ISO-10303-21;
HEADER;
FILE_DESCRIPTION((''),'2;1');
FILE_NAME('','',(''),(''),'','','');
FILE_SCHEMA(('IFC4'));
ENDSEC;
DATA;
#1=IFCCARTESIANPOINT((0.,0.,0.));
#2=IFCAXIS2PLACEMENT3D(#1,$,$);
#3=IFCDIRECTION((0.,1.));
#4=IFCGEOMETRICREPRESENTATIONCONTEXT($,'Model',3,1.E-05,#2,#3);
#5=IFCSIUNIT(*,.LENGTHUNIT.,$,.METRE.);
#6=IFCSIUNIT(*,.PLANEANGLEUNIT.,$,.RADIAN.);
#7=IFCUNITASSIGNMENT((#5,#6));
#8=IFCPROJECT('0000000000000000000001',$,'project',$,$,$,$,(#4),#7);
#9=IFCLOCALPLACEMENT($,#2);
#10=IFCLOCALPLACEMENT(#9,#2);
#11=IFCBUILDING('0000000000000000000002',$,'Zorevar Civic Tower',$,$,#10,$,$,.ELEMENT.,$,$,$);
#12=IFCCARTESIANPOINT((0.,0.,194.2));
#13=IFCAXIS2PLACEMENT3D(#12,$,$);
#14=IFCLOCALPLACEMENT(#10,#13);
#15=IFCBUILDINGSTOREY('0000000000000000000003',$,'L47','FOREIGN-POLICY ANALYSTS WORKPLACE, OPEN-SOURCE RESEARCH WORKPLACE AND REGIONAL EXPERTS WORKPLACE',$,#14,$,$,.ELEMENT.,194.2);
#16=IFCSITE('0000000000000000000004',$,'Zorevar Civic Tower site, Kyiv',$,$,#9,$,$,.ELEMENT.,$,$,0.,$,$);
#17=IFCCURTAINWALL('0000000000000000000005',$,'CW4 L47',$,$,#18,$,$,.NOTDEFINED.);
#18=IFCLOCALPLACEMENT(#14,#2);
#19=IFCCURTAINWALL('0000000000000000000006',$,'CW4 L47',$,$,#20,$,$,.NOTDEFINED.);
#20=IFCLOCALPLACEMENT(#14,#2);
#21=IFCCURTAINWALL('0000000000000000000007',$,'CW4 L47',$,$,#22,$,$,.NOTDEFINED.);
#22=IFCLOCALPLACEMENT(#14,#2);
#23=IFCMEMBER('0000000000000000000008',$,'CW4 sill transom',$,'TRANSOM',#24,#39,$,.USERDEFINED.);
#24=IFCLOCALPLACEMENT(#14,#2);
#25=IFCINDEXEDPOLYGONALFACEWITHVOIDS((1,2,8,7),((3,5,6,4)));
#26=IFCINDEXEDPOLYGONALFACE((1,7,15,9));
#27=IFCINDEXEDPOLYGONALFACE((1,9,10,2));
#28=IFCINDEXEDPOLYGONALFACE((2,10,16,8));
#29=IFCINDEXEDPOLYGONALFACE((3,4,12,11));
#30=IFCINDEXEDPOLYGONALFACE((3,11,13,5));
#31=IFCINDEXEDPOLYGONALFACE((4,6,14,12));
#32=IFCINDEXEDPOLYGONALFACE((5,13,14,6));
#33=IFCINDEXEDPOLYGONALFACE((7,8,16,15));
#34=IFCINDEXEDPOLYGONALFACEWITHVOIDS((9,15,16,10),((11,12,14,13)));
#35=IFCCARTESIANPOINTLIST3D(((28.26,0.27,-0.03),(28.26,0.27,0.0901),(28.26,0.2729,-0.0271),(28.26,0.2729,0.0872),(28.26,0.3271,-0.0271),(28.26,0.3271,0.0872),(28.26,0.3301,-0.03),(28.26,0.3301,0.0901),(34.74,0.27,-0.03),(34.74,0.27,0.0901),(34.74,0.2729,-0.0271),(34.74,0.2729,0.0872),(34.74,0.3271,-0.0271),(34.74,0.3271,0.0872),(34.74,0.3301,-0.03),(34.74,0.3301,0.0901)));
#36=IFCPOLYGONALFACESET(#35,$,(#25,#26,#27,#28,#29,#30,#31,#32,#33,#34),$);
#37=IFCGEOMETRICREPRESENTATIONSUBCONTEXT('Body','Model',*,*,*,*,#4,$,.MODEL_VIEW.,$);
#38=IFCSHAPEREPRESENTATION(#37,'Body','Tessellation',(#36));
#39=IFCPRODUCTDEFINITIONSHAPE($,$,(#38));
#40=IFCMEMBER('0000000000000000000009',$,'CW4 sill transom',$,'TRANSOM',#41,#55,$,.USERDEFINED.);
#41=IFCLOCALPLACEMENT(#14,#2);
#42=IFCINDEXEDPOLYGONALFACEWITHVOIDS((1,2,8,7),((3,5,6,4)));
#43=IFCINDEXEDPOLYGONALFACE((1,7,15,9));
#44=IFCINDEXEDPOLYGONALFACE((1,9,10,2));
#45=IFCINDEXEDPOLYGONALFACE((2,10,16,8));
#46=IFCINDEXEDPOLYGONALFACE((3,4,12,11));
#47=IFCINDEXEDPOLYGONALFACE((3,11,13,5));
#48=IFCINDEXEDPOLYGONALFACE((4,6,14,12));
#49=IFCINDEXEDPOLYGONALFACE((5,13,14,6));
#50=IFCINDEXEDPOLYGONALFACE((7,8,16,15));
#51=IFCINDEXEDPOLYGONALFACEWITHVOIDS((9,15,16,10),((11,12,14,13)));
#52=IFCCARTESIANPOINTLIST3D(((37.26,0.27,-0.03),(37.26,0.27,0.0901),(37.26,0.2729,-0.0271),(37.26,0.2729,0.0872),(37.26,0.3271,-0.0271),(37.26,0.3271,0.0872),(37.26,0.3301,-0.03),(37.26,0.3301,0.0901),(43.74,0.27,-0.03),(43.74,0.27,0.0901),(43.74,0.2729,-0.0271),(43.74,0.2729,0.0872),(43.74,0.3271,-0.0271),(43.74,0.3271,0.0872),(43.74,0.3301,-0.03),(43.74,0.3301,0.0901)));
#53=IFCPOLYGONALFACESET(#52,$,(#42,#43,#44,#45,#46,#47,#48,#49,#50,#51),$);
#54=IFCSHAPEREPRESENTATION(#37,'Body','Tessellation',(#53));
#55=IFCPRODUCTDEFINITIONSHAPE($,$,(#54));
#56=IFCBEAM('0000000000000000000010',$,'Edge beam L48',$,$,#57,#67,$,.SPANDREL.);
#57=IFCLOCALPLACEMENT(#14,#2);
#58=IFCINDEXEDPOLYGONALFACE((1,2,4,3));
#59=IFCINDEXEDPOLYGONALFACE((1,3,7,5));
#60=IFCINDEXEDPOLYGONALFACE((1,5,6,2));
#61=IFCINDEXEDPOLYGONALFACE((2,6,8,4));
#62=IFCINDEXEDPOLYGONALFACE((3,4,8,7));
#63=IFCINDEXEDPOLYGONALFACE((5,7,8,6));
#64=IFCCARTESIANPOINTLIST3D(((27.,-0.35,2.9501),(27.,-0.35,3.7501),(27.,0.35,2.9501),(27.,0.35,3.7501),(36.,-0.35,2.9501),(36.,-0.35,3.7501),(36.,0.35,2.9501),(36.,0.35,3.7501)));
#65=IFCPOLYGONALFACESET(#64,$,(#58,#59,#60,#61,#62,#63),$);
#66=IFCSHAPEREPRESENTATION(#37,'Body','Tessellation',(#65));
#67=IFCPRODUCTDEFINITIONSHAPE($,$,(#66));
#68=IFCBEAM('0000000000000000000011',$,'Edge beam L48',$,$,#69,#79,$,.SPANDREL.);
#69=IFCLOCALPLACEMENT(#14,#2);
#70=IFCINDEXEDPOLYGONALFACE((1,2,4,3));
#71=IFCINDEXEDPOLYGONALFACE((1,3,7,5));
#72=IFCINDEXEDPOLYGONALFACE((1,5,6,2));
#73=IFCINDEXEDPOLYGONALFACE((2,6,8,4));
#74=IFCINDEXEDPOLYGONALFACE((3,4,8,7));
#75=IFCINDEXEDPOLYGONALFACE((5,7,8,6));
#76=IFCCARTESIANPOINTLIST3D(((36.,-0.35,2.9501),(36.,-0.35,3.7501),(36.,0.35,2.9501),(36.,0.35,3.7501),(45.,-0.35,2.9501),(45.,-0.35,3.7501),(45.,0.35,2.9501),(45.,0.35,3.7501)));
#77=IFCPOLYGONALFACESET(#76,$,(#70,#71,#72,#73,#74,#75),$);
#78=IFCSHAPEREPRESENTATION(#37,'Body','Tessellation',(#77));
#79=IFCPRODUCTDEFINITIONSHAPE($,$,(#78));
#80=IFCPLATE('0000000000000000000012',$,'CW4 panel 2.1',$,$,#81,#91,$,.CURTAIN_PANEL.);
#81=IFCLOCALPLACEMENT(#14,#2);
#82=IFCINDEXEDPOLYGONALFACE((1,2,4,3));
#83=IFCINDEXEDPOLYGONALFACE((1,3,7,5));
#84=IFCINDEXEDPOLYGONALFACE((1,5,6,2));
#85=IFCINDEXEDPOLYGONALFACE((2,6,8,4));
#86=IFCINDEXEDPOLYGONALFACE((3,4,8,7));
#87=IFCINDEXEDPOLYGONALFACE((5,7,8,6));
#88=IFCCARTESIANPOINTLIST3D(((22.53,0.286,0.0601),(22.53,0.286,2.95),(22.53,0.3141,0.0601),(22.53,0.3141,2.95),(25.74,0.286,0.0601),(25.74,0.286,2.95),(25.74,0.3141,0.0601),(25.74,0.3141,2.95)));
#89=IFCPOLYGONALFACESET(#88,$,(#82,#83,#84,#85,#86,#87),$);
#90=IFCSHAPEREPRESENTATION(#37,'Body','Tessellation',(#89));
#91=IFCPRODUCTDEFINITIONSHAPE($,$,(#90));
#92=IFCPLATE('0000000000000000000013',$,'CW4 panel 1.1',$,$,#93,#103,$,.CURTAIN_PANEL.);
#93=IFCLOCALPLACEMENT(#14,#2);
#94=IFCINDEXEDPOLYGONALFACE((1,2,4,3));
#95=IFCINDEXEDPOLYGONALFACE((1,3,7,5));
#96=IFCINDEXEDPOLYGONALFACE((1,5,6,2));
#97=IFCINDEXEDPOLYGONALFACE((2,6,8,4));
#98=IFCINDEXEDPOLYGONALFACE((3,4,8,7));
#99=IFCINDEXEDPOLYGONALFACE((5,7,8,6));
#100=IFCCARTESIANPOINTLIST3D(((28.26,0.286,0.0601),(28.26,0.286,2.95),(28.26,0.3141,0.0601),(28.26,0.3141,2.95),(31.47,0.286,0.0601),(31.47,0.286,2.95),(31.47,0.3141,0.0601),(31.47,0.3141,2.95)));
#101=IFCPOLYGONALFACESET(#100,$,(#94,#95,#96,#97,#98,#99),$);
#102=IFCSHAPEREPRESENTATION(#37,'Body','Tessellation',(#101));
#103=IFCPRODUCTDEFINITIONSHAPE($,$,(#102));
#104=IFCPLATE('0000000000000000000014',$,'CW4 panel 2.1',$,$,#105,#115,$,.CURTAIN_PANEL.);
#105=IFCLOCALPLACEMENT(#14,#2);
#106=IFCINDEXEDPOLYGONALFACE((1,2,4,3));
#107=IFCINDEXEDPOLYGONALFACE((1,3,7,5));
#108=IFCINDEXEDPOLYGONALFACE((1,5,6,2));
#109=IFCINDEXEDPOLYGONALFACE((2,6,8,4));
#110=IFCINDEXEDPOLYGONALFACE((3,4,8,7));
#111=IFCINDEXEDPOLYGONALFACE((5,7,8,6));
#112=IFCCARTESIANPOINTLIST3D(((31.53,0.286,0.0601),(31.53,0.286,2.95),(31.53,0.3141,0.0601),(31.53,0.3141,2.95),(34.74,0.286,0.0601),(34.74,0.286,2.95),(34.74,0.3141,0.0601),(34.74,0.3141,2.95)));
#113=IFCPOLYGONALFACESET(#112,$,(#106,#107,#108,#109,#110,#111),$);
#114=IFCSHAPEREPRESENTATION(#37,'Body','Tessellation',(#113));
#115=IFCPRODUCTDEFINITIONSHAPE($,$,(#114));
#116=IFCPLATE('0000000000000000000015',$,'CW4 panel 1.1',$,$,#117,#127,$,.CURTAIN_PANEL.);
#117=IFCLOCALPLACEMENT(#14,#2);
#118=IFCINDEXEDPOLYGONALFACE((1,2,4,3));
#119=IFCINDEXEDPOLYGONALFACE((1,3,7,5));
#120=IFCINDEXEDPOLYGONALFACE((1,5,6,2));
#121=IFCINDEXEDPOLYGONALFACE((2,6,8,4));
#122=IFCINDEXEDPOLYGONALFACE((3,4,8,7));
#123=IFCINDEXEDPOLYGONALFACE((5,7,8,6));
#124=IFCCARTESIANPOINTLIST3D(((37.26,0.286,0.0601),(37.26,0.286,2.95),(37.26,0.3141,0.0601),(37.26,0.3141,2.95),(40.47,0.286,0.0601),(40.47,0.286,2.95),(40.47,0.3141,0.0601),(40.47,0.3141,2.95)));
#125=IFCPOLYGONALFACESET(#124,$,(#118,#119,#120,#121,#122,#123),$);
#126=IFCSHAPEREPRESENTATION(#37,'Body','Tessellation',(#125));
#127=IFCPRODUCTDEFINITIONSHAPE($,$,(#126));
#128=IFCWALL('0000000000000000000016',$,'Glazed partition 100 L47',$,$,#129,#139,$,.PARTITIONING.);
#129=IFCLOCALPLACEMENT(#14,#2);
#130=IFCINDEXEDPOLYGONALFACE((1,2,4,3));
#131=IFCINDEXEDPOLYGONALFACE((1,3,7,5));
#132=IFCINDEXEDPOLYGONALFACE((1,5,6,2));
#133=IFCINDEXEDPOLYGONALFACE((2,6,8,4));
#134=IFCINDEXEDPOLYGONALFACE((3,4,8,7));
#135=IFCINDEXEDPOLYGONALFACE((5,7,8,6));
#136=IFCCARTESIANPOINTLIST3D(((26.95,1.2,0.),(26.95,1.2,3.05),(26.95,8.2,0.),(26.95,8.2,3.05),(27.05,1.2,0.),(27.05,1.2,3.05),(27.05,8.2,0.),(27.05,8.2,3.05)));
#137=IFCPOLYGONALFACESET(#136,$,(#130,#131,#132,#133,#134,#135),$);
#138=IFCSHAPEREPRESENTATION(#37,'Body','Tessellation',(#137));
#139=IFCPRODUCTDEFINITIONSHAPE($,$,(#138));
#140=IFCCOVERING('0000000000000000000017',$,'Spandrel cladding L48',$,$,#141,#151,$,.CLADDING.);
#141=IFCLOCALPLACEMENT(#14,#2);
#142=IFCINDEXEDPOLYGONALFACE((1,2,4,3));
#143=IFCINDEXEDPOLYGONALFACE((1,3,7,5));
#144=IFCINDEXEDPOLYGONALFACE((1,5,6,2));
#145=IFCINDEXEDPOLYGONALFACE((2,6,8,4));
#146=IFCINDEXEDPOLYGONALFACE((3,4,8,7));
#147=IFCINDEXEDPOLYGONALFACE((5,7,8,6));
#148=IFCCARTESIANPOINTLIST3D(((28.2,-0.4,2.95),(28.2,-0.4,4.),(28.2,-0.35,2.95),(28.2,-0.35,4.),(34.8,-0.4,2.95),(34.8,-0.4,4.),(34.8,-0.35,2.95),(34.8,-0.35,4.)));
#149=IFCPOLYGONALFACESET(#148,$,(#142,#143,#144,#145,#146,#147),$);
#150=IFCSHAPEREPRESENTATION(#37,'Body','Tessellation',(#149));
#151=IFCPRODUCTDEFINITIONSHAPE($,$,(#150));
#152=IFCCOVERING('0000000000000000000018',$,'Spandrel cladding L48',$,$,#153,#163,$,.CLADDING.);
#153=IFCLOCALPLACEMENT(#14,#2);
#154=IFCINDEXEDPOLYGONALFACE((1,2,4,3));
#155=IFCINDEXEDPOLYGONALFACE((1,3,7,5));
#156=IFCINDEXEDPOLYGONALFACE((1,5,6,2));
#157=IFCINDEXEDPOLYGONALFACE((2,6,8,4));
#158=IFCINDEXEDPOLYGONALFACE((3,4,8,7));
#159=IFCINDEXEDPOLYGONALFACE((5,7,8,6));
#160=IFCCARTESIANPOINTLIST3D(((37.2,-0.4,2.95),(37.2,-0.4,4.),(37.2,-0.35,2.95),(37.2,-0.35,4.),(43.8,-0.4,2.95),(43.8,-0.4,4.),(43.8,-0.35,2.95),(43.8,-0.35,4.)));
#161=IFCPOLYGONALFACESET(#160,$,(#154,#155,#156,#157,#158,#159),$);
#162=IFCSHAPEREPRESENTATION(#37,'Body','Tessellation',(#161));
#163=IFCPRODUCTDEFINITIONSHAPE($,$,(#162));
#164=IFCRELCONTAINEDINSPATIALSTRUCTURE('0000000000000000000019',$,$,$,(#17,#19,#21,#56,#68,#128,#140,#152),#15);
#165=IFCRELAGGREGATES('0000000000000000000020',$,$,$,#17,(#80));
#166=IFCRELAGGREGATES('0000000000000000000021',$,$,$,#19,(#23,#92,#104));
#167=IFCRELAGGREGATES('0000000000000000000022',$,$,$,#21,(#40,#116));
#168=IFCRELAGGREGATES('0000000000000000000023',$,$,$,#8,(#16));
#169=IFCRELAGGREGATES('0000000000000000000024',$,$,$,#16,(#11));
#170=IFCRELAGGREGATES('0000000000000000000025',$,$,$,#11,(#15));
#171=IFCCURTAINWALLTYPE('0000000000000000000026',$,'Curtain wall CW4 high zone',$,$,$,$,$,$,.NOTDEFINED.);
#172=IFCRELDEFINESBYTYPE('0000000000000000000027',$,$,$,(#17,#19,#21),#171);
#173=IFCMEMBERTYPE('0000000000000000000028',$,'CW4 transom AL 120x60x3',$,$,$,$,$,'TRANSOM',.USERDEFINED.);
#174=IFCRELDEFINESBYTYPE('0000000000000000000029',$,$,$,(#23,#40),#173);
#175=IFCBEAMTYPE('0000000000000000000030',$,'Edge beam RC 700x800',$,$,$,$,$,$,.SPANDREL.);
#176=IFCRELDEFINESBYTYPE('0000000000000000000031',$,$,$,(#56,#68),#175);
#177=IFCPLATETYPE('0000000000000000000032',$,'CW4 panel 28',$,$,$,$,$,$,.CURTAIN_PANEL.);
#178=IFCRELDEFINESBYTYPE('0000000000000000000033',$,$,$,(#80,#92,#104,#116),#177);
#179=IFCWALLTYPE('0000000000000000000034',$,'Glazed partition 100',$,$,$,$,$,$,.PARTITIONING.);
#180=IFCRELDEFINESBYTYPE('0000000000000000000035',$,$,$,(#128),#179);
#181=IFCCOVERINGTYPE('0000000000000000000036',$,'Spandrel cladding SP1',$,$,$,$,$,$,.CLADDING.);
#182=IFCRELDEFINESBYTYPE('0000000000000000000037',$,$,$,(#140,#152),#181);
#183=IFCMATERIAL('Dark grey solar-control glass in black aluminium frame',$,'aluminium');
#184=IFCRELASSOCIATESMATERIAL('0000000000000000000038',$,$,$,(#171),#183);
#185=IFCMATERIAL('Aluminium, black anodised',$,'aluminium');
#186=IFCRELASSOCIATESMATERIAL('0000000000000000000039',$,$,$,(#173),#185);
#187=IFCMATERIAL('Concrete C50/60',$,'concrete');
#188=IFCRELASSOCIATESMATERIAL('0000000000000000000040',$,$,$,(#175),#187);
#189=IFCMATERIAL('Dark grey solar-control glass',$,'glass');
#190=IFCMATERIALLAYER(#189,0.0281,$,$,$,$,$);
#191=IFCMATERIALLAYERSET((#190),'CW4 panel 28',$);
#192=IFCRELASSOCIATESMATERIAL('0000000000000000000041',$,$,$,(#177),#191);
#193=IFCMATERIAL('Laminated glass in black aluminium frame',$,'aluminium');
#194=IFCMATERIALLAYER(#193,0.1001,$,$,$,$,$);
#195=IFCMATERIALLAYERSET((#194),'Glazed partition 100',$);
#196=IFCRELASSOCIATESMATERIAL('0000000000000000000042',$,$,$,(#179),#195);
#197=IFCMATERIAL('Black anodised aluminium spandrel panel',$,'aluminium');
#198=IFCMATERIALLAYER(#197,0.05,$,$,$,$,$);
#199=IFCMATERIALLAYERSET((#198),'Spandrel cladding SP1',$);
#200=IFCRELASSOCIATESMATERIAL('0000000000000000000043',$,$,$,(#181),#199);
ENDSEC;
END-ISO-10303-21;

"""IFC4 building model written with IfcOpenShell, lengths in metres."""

from ifc_helpers import new_model, si_unit, direction, frame, frame_2d, origin, origin_2d, place, context, subcontext, project, spatial, rectangle, hollow_rectangle, extrude, material, layer, layer_set, material_profile, profile_set, type_object, element, aggregate, save


model = new_model("IFC4")

# Units and contexts
model_context = context("Model", 3, precision=1e-05, world=origin(), true_north=direction((0.0, 1.0)))
body_context = subcontext(model_context, "Body", "Model", "MODEL_VIEW")
ifc_project = project(units=[si_unit("LENGTHUNIT", "METRE"), si_unit("PLANEANGLEUNIT", "RADIAN")], contexts=[model_context])

# Site, building, storey
site_placement = place(None, origin())
site = spatial("IfcSite", under=ifc_project, at=site_placement, Name="Zorevar Civic Tower site, Kyiv", CompositionType="ELEMENT", RefElevation=0.0)
building_placement = place(site_placement, origin())
building = spatial("IfcBuilding", under=site, at=building_placement, Name="Zorevar Civic Tower", CompositionType="ELEMENT")
storey_placement = place(building_placement, frame((0.0, 0.0, 194.2)))
storey = spatial("IfcBuildingStorey", under=building, at=storey_placement, Name="L47", Description="FOREIGN-POLICY ANALYSTS WORKPLACE, OPEN-SOURCE RESEARCH WORKPLACE AND REGIONAL EXPERTS WORKPLACE", CompositionType="ELEMENT", Elevation=194.2)

# Curtain walls
ifc_material_1 = material(Name="Dark grey solar-control glass in black aluminium frame", Category="aluminium")
curtain_wall_type = type_object("IfcCurtainWallType", Name="Curtain wall CW4 high zone", PredefinedType="NOTDEFINED", material=ifc_material_1)
curtain_wall_1_placement = place(storey_placement, origin())
curtain_wall_1 = element("IfcCurtainWall", 1, at=curtain_wall_1_placement, inside=storey, type_object=curtain_wall_type, Name="CW4 L47", PredefinedType="NOTDEFINED")
curtain_wall_2_placement = place(storey_placement, origin())
curtain_wall_2 = element("IfcCurtainWall", 2, at=curtain_wall_2_placement, inside=storey, type_object=curtain_wall_type, Name="CW4 L47", PredefinedType="NOTDEFINED")
curtain_wall_3_placement = place(storey_placement, origin())
curtain_wall_3 = element("IfcCurtainWall", 3, at=curtain_wall_3_placement, inside=storey, type_object=curtain_wall_type, Name="CW4 L47", PredefinedType="NOTDEFINED")

# Members
ifc_material_2 = material(Name="Aluminium, black anodised", Category="aluminium")
ifc_material_profile_1 = material_profile(ifc_material_2, hollow_rectangle(XDim=0.0601, YDim=0.1201, WallThickness=0.0029, at=origin_2d()), Name="AL 120x60x3")
ifc_profile_set_1 = profile_set([ifc_material_profile_1], Name="Aluminium, black anodised")
member_type_1 = type_object("IfcMemberType", Name="CW4 transom AL 120x60x3", ElementType="TRANSOM", PredefinedType="USERDEFINED", material=ifc_profile_set_1)
member_1_placement = place(storey_placement, frame((28.26, 0.3, 0.03), z_axis=(1.0, 0.0, 0.0), x_axis=(0.0, 1.0, 0.0)))
member_1 = element("IfcMember", 4, at=member_1_placement, type_object=member_type_1, Name="CW4 sill transom", ObjectType="TRANSOM", PredefinedType="USERDEFINED", context=body_context, shape_type="SweptSolid", body=[
    extrude(hollow_rectangle(XDim=0.0601, YDim=0.1201, WallThickness=0.0029, at=origin_2d()), origin(), (0.0, 0.0, 1.0), 6.48),
])
member_2_placement = place(storey_placement, frame((37.26, 0.3, 0.03), z_axis=(1.0, 0.0, 0.0), x_axis=(0.0, 1.0, 0.0)))
member_2 = element("IfcMember", 5, at=member_2_placement, type_object=member_type_1, Name="CW4 sill transom", ObjectType="TRANSOM", PredefinedType="USERDEFINED", context=body_context, shape_type="SweptSolid", body=[
    extrude(hollow_rectangle(XDim=0.0601, YDim=0.1201, WallThickness=0.0029, at=origin_2d()), origin(), (0.0, 0.0, 1.0), 6.48),
])

# Beams
ifc_material_3 = material(Name="Concrete C50/60", Category="concrete")
ifc_material_profile_2 = material_profile(ifc_material_3, rectangle(XDim=0.7, YDim=0.8, at=origin_2d()), Name="RC 700x800")
ifc_profile_set_2 = profile_set([ifc_material_profile_2], Name="Concrete C50/60")
beam_type_1 = type_object("IfcBeamType", Name="Edge beam RC 700x800", PredefinedType="SPANDREL", material=ifc_profile_set_2)
for number, where, z_axis, x_axis, name in (
    (6, (27.0, 0.0, 3.3501), (1.0, 0.0, 0.0), (0.0, 1.0, 0.0), "Edge beam L48"),
    (7, (36.0, 0.0, 3.3501), (1.0, 0.0, 0.0), (0.0, 1.0, 0.0), "Edge beam L48"),
):
    element("IfcBeam", number, at=place(storey_placement, frame(where, z_axis=z_axis, x_axis=x_axis)), inside=storey, type_object=beam_type_1, Name=name, PredefinedType="SPANDREL", context=body_context, shape_type="SweptSolid", body=[
        extrude(rectangle(XDim=0.7, YDim=0.8, at=origin_2d()), origin(), (0.0, 0.0, 1.0), 9.0),
    ])

# Plates
ifc_material_4 = material(Name="Dark grey solar-control glass", Category="glass")
ifc_layer_1 = layer(ifc_material_4, 0.0281)
ifc_layer_set_1 = layer_set([ifc_layer_1], Name="CW4 panel 28")
plate_type = type_object("IfcPlateType", Name="CW4 panel 28", PredefinedType="CURTAIN_PANEL", material=ifc_layer_set_1)
plate_1_placement = place(storey_placement, frame((24.135, 0.3, 0.0601), z_axis=(0.0, 0.0, 1.0), x_axis=(1.0, 0.0, 0.0)))
plate_1 = element("IfcPlate", 8, at=plate_1_placement, type_object=plate_type, Name="CW4 panel 2.1", PredefinedType="CURTAIN_PANEL", context=body_context, shape_type="SweptSolid", body=[
    extrude(rectangle(XDim=3.21, YDim=0.0281, at=origin_2d()), origin(), (0.0, 0.0, 1.0), 2.8899),
])
aggregate(curtain_wall_1, [plate_1])
plate_2_placement = place(storey_placement, frame((29.865, 0.3, 0.0601), z_axis=(0.0, 0.0, 1.0), x_axis=(1.0, 0.0, 0.0)))
plate_2 = element("IfcPlate", 9, at=plate_2_placement, type_object=plate_type, Name="CW4 panel 1.1", PredefinedType="CURTAIN_PANEL", context=body_context, shape_type="SweptSolid", body=[
    extrude(rectangle(XDim=3.21, YDim=0.0281, at=origin_2d()), origin(), (0.0, 0.0, 1.0), 2.8899),
])
plate_3_placement = place(storey_placement, frame((33.135, 0.3, 0.0601), z_axis=(0.0, 0.0, 1.0), x_axis=(1.0, 0.0, 0.0)))
plate_3 = element("IfcPlate", 10, at=plate_3_placement, type_object=plate_type, Name="CW4 panel 2.1", PredefinedType="CURTAIN_PANEL", context=body_context, shape_type="SweptSolid", body=[
    extrude(rectangle(XDim=3.21, YDim=0.0281, at=origin_2d()), origin(), (0.0, 0.0, 1.0), 2.8899),
])
aggregate(curtain_wall_2, [member_1, plate_2, plate_3])
plate_4_placement = place(storey_placement, frame((38.865, 0.3, 0.0601), z_axis=(0.0, 0.0, 1.0), x_axis=(1.0, 0.0, 0.0)))
plate_4 = element("IfcPlate", 11, at=plate_4_placement, type_object=plate_type, Name="CW4 panel 1.1", PredefinedType="CURTAIN_PANEL", context=body_context, shape_type="SweptSolid", body=[
    extrude(rectangle(XDim=3.21, YDim=0.0281, at=origin_2d()), origin(), (0.0, 0.0, 1.0), 2.8899),
])
aggregate(curtain_wall_3, [member_2, plate_4])

# Wall
ifc_material_5 = material(Name="Laminated glass in black aluminium frame", Category="aluminium")
ifc_layer_2 = layer(ifc_material_5, 0.1001)
ifc_layer_set_2 = layer_set([ifc_layer_2], Name="Glazed partition 100")
wall_type = type_object("IfcWallType", Name="Glazed partition 100", PredefinedType="PARTITIONING", material=ifc_layer_set_2)
wall_placement = place(storey_placement, frame((27.0, 1.2, 0.0), z_axis=(0.0, 0.0, 1.0), x_axis=(0.0, 1.0, 0.0)))
element("IfcWall", 12, at=wall_placement, inside=storey, type_object=wall_type, Name="Glazed partition 100 L47", PredefinedType="PARTITIONING", context=body_context, shape_type="SweptSolid", body=[
    extrude(rectangle(XDim=7.0, YDim=0.1001, at=frame_2d((3.5, 0.0))), origin(), (0.0, 0.0, 1.0), 3.05),
])

# Coverings
ifc_material_6 = material(Name="Black anodised aluminium spandrel panel", Category="aluminium")
ifc_layer_3 = layer(ifc_material_6, 0.05)
ifc_layer_set_3 = layer_set([ifc_layer_3], Name="Spandrel cladding SP1")
covering_type = type_object("IfcCoveringType", Name="Spandrel cladding SP1", PredefinedType="CLADDING", material=ifc_layer_set_3)
for number, where, z_axis, x_axis, name in (
    (13, (28.2, -0.375, 2.95), (0.0, 0.0, 1.0), (1.0, 0.0, 0.0), "Spandrel cladding L48"),
    (14, (37.2, -0.375, 2.95), (0.0, 0.0, 1.0), (1.0, 0.0, 0.0), "Spandrel cladding L48"),
):
    element("IfcCovering", number, at=place(storey_placement, frame(where, z_axis=z_axis, x_axis=x_axis)), inside=storey, type_object=covering_type, Name=name, PredefinedType="CLADDING", context=body_context, shape_type="SweptSolid", body=[
        extrude(rectangle(XDim=6.6001, YDim=0.05, at=frame_2d((3.3, 0.0))), origin(), (0.0, 0.0, 1.0), 1.05),
    ])

save(model, "model.ifc")
